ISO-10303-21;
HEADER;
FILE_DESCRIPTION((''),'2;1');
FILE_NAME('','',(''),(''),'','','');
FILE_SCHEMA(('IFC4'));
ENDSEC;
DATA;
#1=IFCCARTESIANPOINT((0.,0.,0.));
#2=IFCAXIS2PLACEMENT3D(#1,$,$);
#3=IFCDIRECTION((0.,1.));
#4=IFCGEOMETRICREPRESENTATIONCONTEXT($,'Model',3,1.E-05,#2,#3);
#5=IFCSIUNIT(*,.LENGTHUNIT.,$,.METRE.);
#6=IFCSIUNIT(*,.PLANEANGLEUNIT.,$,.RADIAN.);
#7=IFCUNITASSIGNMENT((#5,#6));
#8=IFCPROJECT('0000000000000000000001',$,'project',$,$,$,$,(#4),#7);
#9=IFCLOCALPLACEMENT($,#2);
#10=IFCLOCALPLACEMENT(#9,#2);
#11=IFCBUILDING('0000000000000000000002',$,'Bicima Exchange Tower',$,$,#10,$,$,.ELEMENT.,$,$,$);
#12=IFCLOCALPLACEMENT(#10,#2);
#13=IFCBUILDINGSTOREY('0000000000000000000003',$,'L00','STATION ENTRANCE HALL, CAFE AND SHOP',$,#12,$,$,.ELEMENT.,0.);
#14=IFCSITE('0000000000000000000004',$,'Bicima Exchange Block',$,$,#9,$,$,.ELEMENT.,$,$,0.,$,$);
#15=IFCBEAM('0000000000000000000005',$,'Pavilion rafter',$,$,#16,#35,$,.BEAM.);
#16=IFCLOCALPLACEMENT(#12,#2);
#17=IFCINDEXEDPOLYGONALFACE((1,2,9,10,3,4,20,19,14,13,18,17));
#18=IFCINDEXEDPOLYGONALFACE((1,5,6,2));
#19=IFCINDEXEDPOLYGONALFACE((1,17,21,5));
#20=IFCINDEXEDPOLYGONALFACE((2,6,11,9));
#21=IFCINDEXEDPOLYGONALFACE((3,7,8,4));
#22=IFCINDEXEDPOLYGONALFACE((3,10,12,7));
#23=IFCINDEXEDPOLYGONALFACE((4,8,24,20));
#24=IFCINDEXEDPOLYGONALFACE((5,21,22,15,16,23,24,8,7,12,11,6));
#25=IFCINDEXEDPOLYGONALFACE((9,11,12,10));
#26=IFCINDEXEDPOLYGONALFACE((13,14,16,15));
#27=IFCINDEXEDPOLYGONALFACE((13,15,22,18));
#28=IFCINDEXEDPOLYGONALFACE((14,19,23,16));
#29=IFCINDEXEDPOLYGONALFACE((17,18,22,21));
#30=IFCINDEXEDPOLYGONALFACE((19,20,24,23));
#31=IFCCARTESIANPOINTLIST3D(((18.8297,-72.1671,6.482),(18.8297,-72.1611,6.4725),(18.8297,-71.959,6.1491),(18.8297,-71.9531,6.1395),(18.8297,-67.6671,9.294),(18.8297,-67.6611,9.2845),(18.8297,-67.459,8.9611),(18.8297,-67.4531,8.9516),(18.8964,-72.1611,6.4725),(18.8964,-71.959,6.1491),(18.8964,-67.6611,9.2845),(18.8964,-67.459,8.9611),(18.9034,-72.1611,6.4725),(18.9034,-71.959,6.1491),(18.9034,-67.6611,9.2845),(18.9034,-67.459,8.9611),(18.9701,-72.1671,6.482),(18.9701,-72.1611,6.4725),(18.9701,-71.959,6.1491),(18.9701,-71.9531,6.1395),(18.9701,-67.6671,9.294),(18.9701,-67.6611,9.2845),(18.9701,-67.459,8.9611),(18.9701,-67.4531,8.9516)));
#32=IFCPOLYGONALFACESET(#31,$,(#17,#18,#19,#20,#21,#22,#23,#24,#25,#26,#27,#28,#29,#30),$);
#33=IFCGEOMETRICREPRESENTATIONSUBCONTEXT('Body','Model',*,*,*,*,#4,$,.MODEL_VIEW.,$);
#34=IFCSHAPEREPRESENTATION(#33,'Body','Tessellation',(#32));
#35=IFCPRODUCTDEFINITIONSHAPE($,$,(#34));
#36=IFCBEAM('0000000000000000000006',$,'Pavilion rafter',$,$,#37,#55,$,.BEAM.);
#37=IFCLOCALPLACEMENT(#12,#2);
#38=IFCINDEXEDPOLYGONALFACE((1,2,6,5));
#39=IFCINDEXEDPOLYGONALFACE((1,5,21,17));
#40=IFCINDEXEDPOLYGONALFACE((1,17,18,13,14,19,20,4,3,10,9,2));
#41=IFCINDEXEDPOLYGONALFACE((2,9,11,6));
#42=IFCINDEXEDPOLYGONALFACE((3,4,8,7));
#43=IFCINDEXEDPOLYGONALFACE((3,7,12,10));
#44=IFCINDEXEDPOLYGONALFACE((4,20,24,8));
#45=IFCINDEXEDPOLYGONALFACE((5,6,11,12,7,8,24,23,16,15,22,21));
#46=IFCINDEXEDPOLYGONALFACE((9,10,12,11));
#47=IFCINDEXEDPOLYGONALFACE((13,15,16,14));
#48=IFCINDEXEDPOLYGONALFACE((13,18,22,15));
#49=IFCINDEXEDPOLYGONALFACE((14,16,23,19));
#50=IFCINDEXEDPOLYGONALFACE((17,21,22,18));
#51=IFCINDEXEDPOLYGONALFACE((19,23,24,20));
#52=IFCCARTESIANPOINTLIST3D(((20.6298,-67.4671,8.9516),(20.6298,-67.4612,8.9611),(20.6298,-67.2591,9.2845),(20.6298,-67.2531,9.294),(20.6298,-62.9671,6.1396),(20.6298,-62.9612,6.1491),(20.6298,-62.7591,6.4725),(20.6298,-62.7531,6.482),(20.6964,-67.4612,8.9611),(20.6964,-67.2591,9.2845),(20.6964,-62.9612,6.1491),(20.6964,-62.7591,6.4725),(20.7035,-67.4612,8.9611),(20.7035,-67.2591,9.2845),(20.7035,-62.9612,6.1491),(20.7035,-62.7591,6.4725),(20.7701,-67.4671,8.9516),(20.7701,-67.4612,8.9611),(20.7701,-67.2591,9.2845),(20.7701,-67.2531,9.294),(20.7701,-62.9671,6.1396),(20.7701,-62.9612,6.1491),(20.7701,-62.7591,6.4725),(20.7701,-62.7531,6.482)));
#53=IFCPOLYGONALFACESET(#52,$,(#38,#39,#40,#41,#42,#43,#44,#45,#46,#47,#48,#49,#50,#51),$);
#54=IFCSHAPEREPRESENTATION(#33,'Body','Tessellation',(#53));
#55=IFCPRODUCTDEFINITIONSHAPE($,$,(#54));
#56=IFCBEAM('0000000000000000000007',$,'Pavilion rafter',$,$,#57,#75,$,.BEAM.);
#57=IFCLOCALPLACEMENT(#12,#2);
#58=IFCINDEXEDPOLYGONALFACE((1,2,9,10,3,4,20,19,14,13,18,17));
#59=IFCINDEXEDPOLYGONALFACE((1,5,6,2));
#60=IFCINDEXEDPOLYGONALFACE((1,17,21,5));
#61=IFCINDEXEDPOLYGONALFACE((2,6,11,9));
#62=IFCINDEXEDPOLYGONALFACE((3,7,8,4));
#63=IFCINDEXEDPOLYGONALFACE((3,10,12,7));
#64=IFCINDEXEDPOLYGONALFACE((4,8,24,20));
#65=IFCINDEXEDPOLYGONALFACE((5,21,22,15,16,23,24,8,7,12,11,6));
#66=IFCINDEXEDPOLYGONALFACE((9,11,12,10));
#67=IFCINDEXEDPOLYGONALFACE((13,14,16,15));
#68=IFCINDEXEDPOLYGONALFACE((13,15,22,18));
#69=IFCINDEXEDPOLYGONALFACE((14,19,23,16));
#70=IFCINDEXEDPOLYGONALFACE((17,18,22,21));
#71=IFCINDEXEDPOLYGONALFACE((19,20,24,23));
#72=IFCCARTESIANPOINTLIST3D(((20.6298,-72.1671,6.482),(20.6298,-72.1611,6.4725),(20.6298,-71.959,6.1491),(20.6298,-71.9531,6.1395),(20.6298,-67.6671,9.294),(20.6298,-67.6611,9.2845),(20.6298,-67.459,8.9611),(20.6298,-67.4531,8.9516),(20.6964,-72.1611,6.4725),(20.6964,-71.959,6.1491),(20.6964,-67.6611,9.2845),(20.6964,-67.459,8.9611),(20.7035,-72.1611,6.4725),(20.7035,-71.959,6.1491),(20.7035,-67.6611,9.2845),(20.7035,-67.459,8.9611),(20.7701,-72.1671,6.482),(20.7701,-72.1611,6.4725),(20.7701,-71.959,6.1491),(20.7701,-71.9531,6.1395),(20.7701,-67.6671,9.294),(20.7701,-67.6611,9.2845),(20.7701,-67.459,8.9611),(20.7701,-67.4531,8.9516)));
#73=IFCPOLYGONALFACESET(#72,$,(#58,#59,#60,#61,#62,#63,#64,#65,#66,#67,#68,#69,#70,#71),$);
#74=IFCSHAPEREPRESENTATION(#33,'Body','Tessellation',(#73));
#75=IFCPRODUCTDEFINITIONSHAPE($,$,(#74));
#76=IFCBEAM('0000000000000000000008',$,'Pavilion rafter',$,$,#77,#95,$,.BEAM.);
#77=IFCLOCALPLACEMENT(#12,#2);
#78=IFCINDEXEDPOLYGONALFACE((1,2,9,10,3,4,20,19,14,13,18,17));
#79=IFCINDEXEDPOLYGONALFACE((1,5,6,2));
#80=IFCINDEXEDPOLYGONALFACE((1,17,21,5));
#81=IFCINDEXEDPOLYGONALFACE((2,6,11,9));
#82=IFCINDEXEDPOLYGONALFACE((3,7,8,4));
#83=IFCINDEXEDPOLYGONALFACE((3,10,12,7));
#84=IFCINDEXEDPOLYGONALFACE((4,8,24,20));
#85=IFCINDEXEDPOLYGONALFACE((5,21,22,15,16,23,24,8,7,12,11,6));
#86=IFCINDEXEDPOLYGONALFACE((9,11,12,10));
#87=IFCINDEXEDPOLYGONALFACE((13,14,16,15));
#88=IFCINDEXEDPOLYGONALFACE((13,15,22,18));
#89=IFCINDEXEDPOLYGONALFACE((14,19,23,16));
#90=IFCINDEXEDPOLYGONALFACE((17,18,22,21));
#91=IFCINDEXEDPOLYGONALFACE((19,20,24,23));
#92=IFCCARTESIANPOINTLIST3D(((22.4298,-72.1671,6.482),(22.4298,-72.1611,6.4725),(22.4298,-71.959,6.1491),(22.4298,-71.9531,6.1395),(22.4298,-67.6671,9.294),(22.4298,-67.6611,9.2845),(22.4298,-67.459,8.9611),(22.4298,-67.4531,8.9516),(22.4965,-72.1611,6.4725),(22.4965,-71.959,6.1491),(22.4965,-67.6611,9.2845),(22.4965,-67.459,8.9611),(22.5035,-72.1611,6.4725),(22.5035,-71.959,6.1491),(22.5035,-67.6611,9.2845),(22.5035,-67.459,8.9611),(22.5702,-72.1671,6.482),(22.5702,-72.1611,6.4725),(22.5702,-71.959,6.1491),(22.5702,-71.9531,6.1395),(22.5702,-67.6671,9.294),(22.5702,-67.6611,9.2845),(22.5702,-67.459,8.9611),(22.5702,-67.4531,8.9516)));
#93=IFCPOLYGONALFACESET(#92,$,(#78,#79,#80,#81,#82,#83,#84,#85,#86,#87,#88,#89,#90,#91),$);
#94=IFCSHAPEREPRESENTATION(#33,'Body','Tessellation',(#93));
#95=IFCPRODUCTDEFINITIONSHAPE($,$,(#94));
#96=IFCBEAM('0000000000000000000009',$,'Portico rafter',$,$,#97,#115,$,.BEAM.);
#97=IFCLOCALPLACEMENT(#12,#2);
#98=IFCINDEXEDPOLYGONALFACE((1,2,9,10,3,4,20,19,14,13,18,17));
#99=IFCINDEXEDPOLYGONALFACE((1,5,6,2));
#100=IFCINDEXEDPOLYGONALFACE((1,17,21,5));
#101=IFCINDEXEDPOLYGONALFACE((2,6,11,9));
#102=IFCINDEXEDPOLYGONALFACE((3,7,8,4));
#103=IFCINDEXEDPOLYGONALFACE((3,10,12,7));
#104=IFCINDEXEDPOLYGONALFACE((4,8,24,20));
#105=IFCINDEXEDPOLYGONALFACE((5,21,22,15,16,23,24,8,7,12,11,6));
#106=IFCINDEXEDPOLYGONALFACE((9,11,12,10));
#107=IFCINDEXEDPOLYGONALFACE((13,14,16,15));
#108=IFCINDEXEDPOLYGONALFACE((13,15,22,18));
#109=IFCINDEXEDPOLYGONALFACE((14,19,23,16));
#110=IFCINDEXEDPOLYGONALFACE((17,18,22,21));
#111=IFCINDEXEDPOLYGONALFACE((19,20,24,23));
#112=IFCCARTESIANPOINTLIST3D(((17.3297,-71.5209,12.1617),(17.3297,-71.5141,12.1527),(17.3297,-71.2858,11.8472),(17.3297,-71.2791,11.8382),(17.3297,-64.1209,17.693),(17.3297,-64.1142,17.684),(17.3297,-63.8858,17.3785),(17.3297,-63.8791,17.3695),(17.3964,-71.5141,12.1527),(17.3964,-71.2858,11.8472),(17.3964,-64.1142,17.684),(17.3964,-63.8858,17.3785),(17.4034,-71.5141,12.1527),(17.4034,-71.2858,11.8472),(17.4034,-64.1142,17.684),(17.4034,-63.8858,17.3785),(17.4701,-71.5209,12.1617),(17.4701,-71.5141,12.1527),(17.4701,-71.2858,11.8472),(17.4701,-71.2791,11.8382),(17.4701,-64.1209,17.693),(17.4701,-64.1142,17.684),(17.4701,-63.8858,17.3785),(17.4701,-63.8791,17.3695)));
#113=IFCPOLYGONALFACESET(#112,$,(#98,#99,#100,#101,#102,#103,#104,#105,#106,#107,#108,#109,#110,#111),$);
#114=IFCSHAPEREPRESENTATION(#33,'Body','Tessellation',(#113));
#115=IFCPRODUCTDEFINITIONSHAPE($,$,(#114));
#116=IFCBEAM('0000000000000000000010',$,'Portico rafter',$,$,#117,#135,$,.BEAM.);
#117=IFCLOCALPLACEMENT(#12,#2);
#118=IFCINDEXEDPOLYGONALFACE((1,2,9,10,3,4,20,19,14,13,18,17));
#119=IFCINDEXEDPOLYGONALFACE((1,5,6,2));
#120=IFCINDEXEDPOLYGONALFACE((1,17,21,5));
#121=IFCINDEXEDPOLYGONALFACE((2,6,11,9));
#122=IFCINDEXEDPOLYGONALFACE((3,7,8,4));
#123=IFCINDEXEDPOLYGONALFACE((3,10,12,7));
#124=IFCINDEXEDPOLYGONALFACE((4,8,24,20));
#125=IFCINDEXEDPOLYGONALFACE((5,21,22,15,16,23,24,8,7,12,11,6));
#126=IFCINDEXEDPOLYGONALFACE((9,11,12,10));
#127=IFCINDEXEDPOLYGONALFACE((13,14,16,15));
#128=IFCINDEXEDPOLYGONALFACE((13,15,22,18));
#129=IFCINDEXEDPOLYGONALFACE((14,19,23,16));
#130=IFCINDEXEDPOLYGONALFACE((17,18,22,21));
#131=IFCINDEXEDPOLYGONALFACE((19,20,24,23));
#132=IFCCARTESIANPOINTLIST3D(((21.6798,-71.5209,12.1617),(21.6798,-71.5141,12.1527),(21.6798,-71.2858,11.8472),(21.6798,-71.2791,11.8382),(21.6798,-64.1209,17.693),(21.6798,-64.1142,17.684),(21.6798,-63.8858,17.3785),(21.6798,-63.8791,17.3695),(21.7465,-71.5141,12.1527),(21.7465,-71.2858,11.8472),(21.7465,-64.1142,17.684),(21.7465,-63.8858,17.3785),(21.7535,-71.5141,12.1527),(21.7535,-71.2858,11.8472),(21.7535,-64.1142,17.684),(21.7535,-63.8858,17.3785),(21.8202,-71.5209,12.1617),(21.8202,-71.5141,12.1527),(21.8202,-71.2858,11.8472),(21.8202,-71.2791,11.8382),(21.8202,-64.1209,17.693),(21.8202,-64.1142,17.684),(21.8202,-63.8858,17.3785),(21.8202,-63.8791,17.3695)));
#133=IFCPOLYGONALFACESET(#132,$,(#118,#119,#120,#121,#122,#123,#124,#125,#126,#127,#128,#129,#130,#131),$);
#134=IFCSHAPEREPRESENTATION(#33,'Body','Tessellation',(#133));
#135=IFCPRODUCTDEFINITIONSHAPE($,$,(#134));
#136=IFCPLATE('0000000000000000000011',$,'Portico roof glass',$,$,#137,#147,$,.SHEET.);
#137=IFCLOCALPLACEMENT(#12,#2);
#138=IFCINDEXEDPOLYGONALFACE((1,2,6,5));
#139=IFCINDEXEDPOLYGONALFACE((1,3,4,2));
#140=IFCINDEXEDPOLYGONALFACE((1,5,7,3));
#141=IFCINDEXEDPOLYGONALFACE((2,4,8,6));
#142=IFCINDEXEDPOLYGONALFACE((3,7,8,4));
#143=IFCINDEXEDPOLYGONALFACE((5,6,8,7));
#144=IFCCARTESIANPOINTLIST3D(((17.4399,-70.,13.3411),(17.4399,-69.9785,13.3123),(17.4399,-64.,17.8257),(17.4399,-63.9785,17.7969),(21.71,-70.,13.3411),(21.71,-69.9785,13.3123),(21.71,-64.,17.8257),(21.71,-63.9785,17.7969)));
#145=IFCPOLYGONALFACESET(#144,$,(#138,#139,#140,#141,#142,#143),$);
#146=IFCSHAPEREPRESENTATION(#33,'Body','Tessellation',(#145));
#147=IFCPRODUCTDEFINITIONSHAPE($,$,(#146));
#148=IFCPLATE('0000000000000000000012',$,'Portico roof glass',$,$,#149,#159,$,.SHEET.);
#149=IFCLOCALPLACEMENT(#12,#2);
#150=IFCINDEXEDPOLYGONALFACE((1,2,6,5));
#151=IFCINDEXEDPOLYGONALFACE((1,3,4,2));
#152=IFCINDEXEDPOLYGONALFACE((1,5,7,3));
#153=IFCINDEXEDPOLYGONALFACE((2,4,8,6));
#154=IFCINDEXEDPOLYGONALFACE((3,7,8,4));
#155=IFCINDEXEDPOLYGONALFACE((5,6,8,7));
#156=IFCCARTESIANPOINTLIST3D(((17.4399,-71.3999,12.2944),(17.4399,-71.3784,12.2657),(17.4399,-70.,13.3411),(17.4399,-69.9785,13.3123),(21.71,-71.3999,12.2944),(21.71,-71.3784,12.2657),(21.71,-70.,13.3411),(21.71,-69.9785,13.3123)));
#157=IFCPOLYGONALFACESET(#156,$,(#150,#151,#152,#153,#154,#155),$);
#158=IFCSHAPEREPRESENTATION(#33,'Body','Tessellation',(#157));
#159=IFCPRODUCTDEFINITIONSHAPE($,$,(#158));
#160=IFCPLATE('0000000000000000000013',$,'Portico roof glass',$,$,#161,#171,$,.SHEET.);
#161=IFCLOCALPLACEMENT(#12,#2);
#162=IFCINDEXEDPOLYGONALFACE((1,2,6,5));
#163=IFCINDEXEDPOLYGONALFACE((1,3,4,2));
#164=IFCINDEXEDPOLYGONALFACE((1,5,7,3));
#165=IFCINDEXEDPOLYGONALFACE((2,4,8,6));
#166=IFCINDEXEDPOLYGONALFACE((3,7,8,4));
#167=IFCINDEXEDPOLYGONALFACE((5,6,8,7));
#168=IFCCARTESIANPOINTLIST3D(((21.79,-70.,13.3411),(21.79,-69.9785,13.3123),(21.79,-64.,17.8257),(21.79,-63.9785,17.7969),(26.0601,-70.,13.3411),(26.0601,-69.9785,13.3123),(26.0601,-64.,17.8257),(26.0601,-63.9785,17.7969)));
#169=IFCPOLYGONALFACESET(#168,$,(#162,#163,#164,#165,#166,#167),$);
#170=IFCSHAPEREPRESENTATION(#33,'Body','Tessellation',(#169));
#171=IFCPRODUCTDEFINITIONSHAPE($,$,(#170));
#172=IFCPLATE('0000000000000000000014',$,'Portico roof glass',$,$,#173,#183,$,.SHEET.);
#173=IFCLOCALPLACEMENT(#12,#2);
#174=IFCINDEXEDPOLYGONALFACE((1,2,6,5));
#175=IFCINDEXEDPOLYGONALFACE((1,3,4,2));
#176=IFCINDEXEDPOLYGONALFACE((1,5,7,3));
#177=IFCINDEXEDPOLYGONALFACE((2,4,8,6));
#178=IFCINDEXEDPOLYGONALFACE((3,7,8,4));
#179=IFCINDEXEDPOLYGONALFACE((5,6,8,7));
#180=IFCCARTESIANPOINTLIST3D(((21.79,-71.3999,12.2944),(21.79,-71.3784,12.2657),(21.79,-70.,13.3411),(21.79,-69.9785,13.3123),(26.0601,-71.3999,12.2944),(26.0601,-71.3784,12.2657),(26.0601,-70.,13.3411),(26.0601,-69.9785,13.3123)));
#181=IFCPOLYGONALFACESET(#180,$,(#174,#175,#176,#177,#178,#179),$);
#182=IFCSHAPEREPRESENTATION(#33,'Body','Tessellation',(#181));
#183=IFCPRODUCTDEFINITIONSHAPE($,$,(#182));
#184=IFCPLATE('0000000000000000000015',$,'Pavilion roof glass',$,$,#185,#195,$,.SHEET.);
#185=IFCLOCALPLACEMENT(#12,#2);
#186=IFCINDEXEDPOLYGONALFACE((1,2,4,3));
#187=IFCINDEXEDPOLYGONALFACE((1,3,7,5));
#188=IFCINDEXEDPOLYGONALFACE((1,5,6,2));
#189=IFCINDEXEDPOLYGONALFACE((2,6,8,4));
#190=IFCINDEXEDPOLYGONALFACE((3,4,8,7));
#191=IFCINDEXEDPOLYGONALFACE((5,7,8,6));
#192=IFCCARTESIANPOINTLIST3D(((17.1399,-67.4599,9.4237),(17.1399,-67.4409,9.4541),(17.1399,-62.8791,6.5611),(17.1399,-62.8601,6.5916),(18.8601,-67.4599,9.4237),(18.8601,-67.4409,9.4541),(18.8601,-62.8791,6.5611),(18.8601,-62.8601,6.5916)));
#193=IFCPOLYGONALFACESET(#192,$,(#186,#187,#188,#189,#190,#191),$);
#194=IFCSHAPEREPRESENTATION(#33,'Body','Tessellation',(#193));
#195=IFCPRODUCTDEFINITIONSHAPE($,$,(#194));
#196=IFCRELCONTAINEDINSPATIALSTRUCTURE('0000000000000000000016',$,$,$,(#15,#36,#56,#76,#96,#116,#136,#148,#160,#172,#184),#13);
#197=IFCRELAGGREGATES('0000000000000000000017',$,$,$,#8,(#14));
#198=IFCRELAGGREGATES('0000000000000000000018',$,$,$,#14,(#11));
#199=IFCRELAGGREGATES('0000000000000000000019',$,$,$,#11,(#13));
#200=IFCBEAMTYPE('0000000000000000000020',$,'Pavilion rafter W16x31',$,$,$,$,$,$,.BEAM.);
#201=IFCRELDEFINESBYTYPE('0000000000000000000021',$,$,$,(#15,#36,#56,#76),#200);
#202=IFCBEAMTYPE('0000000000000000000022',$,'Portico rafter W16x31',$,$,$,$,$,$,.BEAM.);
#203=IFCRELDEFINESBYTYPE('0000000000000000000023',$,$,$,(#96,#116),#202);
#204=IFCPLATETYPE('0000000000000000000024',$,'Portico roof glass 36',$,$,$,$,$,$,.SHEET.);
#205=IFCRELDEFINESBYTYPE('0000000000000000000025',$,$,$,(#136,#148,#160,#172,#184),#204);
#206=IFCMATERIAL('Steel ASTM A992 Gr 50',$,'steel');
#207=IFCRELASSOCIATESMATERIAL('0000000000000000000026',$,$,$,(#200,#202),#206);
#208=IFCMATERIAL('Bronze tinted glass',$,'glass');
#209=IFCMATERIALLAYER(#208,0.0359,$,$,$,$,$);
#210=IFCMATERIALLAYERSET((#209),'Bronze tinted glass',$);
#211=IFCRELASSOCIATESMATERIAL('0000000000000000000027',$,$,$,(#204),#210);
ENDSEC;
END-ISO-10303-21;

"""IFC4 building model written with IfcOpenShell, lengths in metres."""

from ifc_helpers import new_model, si_unit, direction, frame, origin, origin_2d, place, context, subcontext, project, spatial, polyline, i_section, outline, extrude, material, layer, layer_set, material_profile, profile_set, type_object, element, save


model = new_model("IFC4")

# Units and contexts
model_context = context("Model", 3, precision=1e-05, world=origin(), true_north=direction((0.0, 1.0)))
body_context = subcontext(model_context, "Body", "Model", "MODEL_VIEW")
ifc_project = project(units=[si_unit("LENGTHUNIT", "METRE"), si_unit("PLANEANGLEUNIT", "RADIAN")], contexts=[model_context])

# Site, building, storey
site_placement = place(None, origin())
site = spatial("IfcSite", under=ifc_project, at=site_placement, Name="Bicima Exchange Block", CompositionType="ELEMENT", RefElevation=0.0)
building_placement = place(site_placement, origin())
building = spatial("IfcBuilding", under=site, at=building_placement, Name="Bicima Exchange Tower", CompositionType="ELEMENT")
storey_placement = place(building_placement, origin())
storey = spatial("IfcBuildingStorey", under=building, at=storey_placement, Name="L00", Description="STATION ENTRANCE HALL, CAFE AND SHOP", CompositionType="ELEMENT", Elevation=0.0)

# Beams
ifc_material_1 = material(Name="Steel ASTM A992 Gr 50", Category="steel")
ifc_material_profile_1 = material_profile(ifc_material_1, i_section(OverallWidth=0.1404, OverallDepth=0.4038, WebThickness=0.0071, FlangeThickness=0.0112, at=origin_2d()))
ifc_profile_set_1 = profile_set([ifc_material_profile_1], Name="Steel ASTM A992 Gr 50")
beam_type_1 = type_object("IfcBeamType", Name="Pavilion rafter W16x31", PredefinedType="BEAM", material=ifc_profile_set_1)
for number, where, z_axis, x_axis, name in (
    (1, (18.8999, -67.5601, 9.1228), (0.0, -0.84804, -0.529933), (1.0, 0.0, 0.0), "Pavilion rafter"),
    (2, (20.7, -62.8601, 6.3108), (0.0, -0.84804, 0.529933), (1.0, 0.0, 0.0), "Pavilion rafter"),
    (3, (20.7, -67.5601, 9.1228), (0.0, -0.84804, -0.529933), (1.0, 0.0, 0.0), "Pavilion rafter"),
    (4, (22.5, -67.5601, 9.1228), (0.0, -0.84804, -0.529933), (1.0, 0.0, 0.0), "Pavilion rafter"),
):
    element("IfcBeam", number, at=place(storey_placement, frame(where, z_axis=z_axis, x_axis=x_axis)), inside=storey, type_object=beam_type_1, Name=name, PredefinedType="BEAM", context=body_context, shape_type="SweptSolid", body=[
        extrude(i_section(OverallWidth=0.1404, OverallDepth=0.4038, WebThickness=0.0071, FlangeThickness=0.0112, at=origin_2d()), origin(), (0.0, 0.0, 1.0), 5.3064),
    ])
beam_type_2 = type_object("IfcBeamType", Name="Portico rafter W16x31", PredefinedType="BEAM", material=ifc_profile_set_1)
for number, where, z_axis, x_axis, name in (
    (5, (17.3999, -64.0, 17.5312), (0.0, -0.800969, -0.598705), (1.0, 0.0, 0.0), "Portico rafter"),
    (6, (21.75, -64.0, 17.5312), (0.0, -0.800969, -0.598705), (1.0, 0.0, 0.0), "Portico rafter"),
):
    element("IfcBeam", number, at=place(storey_placement, frame(where, z_axis=z_axis, x_axis=x_axis)), inside=storey, type_object=beam_type_2, Name=name, PredefinedType="BEAM", context=body_context, shape_type="SweptSolid", body=[
        extrude(i_section(OverallWidth=0.1404, OverallDepth=0.4038, WebThickness=0.0071, FlangeThickness=0.0112, at=origin_2d()), origin(), (0.0, 0.0, 1.0), 9.2388),
    ])

# Plates
ifc_material_2 = material(Name="Bronze tinted glass", Category="glass")
ifc_layer = layer(ifc_material_2, 0.0359)
ifc_layer_set = layer_set([ifc_layer], Name="Bronze tinted glass")
plate_type = type_object("IfcPlateType", Name="Portico roof glass 36", PredefinedType="SHEET", material=ifc_layer_set)
plate_1_placement = place(storey_placement, frame((17.4399, -64.0, 17.8257), z_axis=(0.0, -0.598685, 0.800985), x_axis=(1.0, 0.0, 0.0)))
element("IfcPlate", 7, at=plate_1_placement, inside=storey, type_object=plate_type, Name="Portico roof glass", PredefinedType="SHEET", context=body_context, shape_type="SweptSolid", body=[
    extrude(outline(polyline([(0.0, 0.0), (4.27, 0.0), (4.27, -7.4908), (0.0, -7.4908), (0.0, 0.0)])), origin(), (0.0, 0.0, -1.0), 0.0359),
])
plate_2_placement = place(storey_placement, frame((17.4399, -70.0, 13.3411), z_axis=(0.0, -0.598793, 0.800904), x_axis=(1.0, 0.0, 0.0)))
element("IfcPlate", 8, at=plate_2_placement, inside=storey, type_object=plate_type, Name="Portico roof glass", PredefinedType="SHEET", context=body_context, shape_type="SweptSolid", body=[
    extrude(outline(polyline([(0.0, 0.0), (4.27, 0.0), (4.27, -1.7479), (0.0, -1.7479), (0.0, 0.0)])), origin(), (0.0, 0.0, -1.0), 0.0359),
])
plate_3_placement = place(storey_placement, frame((21.79, -64.0, 17.8257), z_axis=(0.0, -0.598685, 0.800985), x_axis=(1.0, 0.0, 0.0)))
element("IfcPlate", 9, at=plate_3_placement, inside=storey, type_object=plate_type, Name="Portico roof glass", PredefinedType="SHEET", context=body_context, shape_type="SweptSolid", body=[
    extrude(outline(polyline([(0.0, 0.0), (4.27, 0.0), (4.27, -7.4908), (0.0, -7.4908), (0.0, 0.0)])), origin(), (0.0, 0.0, -1.0), 0.0359),
])
plate_4_placement = place(storey_placement, frame((21.79, -70.0, 13.3411), z_axis=(0.0, -0.598793, 0.800904), x_axis=(1.0, 0.0, 0.0)))
element("IfcPlate", 10, at=plate_4_placement, inside=storey, type_object=plate_type, Name="Portico roof glass", PredefinedType="SHEET", context=body_context, shape_type="SweptSolid", body=[
    extrude(outline(polyline([(0.0, 0.0), (4.27, 0.0), (4.27, -1.7479), (0.0, -1.7479), (0.0, 0.0)])), origin(), (0.0, 0.0, -1.0), 0.0359),
])
plate_5_placement = place(storey_placement, frame((17.1399, -62.8601, 6.5916), z_axis=(0.0, 0.529938, 0.848036), x_axis=(1.0, 0.0, 0.0)))
element("IfcPlate", 11, at=plate_5_placement, inside=storey, type_object=plate_type, Name="Pavilion roof glass", PredefinedType="SHEET", context=body_context, shape_type="SweptSolid", body=[
    extrude(outline(polyline([(0.0, 0.0), (1.7202, 0.0), (1.7202, -5.4017), (0.0, -5.4017), (0.0, 0.0)])), origin(), (0.0, 0.0, -1.0), 0.0359),
])

save(model, "model.ifc")
